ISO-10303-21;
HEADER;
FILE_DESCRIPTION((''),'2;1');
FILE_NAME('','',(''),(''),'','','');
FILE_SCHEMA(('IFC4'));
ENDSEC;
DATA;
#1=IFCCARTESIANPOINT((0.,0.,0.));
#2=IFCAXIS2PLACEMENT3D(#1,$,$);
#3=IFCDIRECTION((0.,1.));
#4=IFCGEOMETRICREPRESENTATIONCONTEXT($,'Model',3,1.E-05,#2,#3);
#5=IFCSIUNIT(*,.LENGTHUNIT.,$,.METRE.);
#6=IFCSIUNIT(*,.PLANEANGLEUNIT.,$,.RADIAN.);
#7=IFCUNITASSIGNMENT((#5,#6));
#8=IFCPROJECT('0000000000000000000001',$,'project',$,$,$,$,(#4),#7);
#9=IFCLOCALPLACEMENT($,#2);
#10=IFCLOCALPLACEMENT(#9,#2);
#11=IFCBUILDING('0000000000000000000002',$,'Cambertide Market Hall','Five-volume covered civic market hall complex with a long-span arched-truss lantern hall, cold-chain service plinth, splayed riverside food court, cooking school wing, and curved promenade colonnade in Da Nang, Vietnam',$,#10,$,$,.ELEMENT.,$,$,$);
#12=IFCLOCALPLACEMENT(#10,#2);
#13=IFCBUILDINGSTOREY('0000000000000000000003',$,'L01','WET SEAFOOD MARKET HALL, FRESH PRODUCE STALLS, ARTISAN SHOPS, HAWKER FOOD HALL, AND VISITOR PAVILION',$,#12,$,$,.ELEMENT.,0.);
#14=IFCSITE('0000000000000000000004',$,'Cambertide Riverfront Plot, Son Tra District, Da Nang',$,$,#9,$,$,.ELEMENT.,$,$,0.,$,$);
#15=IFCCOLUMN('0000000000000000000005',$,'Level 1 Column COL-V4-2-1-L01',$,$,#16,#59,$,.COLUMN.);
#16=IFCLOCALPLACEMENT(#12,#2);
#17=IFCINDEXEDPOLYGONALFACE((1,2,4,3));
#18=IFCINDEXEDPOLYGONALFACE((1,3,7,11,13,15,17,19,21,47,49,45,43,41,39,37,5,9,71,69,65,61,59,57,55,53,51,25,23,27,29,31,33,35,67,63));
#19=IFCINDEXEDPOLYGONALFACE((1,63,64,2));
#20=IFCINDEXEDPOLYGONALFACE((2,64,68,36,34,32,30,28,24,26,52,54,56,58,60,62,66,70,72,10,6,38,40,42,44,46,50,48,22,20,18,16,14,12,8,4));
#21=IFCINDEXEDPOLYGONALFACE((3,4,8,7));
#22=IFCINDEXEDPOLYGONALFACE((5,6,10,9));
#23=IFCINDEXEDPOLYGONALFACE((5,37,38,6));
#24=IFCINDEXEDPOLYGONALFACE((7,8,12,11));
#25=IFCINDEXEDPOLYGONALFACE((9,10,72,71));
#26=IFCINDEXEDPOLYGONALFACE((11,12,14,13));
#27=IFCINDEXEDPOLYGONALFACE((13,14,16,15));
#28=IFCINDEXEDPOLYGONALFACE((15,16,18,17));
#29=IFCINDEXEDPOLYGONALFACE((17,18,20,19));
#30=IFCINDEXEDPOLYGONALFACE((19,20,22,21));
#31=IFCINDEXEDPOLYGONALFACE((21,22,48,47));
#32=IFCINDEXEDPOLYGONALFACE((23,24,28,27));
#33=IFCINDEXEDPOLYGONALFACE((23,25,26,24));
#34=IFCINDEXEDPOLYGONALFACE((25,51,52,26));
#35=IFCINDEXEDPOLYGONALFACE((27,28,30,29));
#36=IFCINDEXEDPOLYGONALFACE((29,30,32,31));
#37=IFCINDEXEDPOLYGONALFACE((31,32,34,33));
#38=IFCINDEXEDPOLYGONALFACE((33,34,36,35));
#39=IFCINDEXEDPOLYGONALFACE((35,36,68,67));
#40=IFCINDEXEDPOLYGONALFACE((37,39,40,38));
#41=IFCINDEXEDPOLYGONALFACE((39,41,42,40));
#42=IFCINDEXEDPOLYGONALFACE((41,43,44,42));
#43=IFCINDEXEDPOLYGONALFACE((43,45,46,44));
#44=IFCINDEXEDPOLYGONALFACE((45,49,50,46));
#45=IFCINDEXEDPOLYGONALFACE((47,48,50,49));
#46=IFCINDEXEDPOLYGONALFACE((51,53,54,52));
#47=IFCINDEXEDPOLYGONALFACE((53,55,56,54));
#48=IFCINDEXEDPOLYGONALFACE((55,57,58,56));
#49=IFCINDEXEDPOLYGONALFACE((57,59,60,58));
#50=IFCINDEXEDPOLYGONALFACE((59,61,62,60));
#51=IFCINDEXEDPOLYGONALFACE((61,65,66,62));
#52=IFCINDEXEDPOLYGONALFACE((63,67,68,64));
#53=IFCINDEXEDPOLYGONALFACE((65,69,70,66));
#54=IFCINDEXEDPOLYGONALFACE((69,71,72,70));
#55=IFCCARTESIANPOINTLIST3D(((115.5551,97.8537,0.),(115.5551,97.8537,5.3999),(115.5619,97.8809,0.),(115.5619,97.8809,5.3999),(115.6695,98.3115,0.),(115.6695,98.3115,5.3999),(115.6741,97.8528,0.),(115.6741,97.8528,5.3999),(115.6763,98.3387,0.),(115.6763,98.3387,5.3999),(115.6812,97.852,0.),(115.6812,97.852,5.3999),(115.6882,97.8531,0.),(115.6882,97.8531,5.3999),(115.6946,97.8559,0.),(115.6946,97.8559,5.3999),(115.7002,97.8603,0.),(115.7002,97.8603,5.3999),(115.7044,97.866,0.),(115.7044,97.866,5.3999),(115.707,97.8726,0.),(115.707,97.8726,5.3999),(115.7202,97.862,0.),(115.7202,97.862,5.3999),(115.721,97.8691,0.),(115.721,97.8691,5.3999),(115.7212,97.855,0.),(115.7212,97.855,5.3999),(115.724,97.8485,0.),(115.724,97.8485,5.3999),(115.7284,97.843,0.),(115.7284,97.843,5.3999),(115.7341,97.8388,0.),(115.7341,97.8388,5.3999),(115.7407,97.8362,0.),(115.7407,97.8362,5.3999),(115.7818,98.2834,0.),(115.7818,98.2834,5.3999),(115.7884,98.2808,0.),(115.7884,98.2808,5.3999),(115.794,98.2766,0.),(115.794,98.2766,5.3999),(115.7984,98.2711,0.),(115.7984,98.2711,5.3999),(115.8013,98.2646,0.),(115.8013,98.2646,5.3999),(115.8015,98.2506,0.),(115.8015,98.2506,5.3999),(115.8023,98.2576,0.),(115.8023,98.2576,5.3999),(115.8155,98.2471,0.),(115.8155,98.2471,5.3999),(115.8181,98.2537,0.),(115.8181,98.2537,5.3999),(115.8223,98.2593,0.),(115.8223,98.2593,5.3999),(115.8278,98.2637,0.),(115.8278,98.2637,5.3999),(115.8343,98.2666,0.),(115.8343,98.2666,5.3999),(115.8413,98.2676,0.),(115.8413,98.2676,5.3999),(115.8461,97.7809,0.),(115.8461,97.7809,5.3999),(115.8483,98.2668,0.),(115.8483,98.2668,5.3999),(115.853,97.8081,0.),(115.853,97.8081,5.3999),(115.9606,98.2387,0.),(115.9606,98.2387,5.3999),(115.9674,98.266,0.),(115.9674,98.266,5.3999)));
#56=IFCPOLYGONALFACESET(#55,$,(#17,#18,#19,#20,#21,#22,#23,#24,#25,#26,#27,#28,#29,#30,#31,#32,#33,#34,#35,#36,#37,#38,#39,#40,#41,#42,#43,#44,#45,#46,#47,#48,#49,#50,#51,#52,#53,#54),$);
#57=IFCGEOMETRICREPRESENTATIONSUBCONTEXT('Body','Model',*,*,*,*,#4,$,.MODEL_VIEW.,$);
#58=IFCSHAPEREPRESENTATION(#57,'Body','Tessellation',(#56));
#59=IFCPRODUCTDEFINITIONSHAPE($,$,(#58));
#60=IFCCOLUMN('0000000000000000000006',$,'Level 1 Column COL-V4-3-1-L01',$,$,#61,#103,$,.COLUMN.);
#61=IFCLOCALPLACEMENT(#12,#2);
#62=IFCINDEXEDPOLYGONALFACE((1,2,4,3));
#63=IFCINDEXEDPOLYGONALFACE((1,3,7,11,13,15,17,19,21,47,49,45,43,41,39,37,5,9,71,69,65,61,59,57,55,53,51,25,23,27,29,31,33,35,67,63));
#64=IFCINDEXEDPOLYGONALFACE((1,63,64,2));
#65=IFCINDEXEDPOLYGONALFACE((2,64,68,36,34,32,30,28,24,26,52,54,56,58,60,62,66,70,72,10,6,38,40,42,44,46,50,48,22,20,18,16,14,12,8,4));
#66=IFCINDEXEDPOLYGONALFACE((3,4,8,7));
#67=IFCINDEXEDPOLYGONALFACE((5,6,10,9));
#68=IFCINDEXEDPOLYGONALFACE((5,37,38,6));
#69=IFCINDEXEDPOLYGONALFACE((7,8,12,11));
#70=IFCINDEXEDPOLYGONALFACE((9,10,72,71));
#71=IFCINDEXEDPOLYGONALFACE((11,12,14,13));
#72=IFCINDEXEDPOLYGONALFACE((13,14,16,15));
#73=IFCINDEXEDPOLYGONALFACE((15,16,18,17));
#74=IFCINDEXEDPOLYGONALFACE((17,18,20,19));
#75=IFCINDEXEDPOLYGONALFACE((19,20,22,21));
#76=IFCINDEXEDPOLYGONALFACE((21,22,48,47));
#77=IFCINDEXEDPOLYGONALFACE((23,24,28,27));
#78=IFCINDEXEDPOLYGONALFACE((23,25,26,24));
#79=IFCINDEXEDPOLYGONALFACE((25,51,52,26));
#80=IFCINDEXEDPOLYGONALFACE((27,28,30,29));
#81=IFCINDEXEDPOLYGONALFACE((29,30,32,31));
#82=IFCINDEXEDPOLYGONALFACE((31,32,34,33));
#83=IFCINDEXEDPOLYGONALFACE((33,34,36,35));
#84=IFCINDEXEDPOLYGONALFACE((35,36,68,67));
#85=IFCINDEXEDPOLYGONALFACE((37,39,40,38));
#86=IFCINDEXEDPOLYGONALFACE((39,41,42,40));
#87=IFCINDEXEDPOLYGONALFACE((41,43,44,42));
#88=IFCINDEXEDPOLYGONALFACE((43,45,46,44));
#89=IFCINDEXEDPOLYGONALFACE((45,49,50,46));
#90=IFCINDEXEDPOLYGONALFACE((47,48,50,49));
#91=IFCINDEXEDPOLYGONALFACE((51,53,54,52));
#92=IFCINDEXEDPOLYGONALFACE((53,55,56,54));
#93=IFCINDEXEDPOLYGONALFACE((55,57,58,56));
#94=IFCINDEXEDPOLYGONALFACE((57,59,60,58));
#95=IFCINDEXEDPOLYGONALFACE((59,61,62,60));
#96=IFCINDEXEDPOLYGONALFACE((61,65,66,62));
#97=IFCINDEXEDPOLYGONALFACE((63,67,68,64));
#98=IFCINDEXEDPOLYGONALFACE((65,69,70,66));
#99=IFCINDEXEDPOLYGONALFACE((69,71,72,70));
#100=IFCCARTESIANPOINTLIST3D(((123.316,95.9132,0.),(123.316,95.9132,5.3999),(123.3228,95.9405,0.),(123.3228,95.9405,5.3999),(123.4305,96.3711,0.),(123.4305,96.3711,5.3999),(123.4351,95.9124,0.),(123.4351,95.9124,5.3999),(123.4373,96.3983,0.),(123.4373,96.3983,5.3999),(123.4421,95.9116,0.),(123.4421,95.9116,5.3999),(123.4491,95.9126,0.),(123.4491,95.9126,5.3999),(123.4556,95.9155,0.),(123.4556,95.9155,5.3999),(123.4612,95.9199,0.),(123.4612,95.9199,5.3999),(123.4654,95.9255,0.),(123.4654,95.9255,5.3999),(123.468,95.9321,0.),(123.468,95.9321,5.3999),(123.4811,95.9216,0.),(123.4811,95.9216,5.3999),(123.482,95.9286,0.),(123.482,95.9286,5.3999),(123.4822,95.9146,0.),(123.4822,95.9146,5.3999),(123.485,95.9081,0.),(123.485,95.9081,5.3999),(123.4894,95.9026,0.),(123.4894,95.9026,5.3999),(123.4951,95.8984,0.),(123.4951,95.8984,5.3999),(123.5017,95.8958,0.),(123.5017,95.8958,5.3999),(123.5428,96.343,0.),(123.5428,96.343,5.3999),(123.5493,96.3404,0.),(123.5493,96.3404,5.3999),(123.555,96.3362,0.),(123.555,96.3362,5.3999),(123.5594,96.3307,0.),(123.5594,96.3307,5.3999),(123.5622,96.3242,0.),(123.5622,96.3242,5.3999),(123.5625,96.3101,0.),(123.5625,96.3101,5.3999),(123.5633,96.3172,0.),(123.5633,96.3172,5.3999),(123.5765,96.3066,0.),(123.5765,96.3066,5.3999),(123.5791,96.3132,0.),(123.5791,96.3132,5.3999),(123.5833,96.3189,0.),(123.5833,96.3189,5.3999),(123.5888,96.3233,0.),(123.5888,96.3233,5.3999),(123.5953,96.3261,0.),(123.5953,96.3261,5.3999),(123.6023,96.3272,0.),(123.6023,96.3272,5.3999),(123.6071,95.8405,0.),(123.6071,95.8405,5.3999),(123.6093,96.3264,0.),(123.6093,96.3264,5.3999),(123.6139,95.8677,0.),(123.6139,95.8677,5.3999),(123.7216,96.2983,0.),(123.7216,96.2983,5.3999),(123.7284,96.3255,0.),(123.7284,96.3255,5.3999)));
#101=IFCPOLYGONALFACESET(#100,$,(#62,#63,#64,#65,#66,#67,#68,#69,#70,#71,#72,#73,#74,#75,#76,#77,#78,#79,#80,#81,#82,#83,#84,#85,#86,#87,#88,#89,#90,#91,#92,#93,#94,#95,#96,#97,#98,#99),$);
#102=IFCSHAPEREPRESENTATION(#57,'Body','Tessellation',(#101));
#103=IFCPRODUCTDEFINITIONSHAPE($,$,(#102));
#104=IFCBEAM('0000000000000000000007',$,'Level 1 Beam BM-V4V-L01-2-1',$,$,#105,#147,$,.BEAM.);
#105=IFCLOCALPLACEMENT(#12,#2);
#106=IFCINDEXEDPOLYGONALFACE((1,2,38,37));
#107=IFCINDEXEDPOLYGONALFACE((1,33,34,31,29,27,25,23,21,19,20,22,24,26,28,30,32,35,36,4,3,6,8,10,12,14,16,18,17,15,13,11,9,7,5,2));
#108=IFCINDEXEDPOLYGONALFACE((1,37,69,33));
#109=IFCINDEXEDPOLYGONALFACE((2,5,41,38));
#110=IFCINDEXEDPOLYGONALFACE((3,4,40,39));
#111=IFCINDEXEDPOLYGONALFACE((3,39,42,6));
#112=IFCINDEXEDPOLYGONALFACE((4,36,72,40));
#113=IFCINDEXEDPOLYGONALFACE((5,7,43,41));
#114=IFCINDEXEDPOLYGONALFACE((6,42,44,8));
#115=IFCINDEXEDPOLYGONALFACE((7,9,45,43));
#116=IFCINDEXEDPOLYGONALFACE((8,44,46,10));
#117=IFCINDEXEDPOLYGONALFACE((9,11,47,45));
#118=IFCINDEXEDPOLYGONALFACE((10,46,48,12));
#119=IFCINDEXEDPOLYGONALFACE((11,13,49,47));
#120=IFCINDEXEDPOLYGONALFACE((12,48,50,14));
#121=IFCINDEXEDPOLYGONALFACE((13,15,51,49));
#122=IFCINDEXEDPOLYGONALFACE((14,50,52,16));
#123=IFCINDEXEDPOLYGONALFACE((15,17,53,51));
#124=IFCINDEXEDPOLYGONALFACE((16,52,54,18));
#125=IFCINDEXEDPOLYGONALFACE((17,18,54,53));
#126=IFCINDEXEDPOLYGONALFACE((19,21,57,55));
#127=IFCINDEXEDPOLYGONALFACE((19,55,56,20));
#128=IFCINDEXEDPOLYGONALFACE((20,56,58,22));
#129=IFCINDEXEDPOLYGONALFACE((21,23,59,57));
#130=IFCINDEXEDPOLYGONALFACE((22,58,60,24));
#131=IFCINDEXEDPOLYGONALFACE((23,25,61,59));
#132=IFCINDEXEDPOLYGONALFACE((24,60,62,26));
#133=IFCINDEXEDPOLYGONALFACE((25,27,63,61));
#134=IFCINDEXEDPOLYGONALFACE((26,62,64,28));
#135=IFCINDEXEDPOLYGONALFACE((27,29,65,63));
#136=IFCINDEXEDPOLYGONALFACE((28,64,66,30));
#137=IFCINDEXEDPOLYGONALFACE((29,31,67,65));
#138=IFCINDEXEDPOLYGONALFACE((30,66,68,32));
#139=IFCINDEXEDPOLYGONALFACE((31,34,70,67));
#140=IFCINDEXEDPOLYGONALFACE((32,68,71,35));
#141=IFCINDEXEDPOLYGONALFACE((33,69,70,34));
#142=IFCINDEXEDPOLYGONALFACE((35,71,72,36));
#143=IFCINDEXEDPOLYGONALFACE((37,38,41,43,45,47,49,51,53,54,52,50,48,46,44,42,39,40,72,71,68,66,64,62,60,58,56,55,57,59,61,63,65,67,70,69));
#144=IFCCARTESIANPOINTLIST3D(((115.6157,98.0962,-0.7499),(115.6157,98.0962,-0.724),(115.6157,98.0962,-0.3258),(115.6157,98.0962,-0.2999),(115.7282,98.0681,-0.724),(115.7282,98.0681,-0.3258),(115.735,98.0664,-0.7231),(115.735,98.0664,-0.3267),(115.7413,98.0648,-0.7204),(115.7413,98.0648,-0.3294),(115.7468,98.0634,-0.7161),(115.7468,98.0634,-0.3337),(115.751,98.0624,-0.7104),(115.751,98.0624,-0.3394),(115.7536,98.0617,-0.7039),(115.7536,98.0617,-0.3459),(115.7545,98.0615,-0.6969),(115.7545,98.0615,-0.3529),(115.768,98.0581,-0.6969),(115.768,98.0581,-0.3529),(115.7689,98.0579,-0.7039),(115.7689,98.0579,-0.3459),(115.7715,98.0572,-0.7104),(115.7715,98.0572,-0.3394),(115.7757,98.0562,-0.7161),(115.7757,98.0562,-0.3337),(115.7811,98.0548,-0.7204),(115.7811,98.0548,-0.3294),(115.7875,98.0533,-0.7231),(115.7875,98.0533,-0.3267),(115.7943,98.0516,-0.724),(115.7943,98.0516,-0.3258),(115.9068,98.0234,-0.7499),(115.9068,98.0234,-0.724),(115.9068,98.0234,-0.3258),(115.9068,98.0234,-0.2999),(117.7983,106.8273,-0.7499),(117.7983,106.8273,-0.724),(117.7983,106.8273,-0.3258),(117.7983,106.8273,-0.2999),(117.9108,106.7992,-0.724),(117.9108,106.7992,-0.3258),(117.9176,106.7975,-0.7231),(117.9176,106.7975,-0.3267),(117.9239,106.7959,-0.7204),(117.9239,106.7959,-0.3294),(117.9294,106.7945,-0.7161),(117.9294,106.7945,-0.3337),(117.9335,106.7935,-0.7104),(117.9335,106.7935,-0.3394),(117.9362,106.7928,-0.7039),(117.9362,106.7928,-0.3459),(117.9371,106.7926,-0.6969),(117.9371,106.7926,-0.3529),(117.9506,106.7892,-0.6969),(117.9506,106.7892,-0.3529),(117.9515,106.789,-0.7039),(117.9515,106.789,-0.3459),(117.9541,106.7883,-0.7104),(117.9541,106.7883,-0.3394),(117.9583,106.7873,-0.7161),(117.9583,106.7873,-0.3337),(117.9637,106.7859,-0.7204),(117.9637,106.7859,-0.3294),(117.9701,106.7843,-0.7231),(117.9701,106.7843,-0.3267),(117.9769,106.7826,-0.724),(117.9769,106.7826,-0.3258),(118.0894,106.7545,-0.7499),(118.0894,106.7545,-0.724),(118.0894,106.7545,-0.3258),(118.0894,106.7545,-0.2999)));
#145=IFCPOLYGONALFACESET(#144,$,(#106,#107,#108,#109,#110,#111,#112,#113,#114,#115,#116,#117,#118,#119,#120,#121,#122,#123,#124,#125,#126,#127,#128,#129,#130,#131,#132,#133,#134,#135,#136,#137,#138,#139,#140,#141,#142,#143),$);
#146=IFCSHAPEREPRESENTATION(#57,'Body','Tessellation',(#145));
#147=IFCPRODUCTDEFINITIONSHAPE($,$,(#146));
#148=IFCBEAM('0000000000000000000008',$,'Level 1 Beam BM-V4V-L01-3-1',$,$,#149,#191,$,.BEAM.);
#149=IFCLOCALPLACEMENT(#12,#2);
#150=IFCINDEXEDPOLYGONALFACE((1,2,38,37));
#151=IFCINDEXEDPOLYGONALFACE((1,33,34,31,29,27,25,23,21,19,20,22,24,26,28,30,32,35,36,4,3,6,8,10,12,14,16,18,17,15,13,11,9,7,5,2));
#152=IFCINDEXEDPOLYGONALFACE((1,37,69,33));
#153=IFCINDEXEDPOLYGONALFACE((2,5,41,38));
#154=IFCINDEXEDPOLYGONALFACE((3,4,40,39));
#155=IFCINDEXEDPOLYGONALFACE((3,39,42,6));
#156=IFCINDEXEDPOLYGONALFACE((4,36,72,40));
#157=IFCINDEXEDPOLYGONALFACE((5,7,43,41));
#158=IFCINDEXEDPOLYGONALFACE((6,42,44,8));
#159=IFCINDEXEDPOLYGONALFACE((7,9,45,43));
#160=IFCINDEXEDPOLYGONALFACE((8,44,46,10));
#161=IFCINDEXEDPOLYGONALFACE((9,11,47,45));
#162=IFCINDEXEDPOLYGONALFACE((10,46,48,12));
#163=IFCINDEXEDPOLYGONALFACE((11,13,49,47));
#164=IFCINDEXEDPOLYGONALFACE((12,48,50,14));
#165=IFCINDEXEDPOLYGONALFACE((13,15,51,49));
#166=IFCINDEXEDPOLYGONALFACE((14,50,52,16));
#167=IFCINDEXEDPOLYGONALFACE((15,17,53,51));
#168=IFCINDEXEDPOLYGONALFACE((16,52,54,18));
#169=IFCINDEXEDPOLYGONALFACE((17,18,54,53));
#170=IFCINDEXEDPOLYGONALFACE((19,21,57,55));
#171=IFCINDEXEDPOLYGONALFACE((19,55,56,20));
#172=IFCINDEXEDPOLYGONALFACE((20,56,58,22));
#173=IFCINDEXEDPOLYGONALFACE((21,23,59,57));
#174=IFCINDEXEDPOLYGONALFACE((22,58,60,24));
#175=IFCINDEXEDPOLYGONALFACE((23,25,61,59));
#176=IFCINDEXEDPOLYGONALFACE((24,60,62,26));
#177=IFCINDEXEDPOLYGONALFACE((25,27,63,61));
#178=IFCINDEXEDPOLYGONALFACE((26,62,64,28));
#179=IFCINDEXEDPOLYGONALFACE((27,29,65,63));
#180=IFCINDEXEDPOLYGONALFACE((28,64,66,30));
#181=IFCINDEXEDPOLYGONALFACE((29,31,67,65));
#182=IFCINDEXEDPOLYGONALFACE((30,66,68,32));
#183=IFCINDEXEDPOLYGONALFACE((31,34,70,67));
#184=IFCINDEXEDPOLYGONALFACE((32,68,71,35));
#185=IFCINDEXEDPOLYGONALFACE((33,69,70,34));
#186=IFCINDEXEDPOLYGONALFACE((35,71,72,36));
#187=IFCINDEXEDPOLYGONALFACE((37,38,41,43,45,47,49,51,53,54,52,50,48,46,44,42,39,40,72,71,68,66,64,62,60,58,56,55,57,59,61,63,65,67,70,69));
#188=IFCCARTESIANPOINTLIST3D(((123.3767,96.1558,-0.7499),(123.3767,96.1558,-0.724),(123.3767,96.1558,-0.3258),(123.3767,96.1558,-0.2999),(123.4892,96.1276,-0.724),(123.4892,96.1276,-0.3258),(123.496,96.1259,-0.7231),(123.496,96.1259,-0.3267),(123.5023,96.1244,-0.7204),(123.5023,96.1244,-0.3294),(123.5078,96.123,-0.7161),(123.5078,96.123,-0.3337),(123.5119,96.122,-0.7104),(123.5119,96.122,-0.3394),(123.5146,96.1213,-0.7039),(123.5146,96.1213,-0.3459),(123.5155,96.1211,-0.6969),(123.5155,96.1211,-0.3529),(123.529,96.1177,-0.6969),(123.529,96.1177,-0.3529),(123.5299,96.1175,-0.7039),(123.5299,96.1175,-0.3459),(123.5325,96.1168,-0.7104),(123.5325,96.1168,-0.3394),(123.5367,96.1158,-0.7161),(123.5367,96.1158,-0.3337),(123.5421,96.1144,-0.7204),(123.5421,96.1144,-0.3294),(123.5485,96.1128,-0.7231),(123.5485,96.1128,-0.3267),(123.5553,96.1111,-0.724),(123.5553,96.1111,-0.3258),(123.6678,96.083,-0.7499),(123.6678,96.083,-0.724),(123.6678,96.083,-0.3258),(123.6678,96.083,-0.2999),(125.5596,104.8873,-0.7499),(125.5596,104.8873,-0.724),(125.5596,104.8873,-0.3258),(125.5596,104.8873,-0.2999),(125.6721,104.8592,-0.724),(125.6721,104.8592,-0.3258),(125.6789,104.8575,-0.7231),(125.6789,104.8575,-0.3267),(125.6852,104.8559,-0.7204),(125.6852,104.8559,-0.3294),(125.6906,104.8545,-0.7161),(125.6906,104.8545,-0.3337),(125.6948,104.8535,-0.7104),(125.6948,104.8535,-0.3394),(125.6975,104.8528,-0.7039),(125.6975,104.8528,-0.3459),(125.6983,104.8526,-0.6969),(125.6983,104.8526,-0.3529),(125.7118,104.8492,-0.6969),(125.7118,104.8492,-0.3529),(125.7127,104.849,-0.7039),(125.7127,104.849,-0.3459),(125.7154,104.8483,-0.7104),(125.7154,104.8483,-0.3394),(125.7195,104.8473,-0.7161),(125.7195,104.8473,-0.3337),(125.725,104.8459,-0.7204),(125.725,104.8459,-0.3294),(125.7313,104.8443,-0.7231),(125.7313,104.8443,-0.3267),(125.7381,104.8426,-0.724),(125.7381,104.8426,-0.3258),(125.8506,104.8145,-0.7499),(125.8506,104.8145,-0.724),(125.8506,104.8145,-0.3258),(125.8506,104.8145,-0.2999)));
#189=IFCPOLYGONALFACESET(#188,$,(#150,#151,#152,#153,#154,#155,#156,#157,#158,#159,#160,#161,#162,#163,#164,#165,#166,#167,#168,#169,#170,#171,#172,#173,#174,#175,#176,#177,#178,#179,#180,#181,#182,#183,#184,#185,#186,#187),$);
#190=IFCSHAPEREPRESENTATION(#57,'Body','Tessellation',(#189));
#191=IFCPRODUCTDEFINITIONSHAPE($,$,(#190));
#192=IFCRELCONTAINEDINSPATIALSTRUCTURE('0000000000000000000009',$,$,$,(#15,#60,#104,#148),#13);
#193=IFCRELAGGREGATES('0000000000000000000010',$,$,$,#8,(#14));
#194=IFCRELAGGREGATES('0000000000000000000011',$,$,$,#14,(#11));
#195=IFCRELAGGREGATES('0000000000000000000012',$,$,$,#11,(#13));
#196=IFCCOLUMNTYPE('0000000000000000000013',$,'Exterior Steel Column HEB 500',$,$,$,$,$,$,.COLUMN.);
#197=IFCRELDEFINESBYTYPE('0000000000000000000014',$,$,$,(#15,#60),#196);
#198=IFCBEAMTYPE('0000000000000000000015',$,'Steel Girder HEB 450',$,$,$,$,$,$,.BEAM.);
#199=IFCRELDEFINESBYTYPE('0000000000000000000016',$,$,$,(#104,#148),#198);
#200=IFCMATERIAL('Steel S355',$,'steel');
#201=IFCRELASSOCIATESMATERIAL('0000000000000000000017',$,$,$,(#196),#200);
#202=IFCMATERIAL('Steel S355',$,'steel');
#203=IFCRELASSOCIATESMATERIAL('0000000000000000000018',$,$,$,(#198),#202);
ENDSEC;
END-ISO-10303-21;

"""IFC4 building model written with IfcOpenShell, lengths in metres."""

from ifc_helpers import new_model, si_unit, direction, frame, origin, origin_2d, place, context, subcontext, project, spatial, i_section, extrude, material, material_profile, profile_set, type_object, element, save


model = new_model("IFC4")

# Units and contexts
model_context = context("Model", 3, precision=1e-05, world=origin(), true_north=direction((0.0, 1.0)))
body_context = subcontext(model_context, "Body", "Model", "MODEL_VIEW")
ifc_project = project(units=[si_unit("LENGTHUNIT", "METRE"), si_unit("PLANEANGLEUNIT", "RADIAN")], contexts=[model_context])

# Site, building, storey
site_placement = place(None, origin())
site = spatial("IfcSite", under=ifc_project, at=site_placement, Name="Cambertide Riverfront Plot, Son Tra District, Da Nang", CompositionType="ELEMENT", RefElevation=0.0)
building_placement = place(site_placement, origin())
building = spatial("IfcBuilding", under=site, at=building_placement, Name="Cambertide Market Hall", Description="Five-volume covered civic market hall complex with a long-span arched-truss lantern hall, cold-chain service plinth, splayed riverside food court, cooking school wing, and curved promenade colonnade in Da Nang, Vietnam", CompositionType="ELEMENT")
storey_placement = place(building_placement, origin())
storey = spatial("IfcBuildingStorey", under=building, at=storey_placement, Name="L01", Description="WET SEAFOOD MARKET HALL, FRESH PRODUCE STALLS, ARTISAN SHOPS, HAWKER FOOD HALL, AND VISITOR PAVILION", CompositionType="ELEMENT", Elevation=0.0)

# Columns
ifc_material_1 = material(Name="Steel S355", Category="steel")
ifc_material_profile_1 = material_profile(ifc_material_1, i_section(OverallWidth=0.3, OverallDepth=0.5, WebThickness=0.0144, FlangeThickness=0.0281, FilletRadius=0.0271, at=origin_2d()), Name="HEB 500")
ifc_profile_set_1 = profile_set([ifc_material_profile_1], Name="Steel S355")
column_type = type_object("IfcColumnType", Name="Exterior Steel Column HEB 500", PredefinedType="COLUMN", material=ifc_profile_set_1)
for number, where, z_axis, x_axis, name in (
    (1, (115.7612, 98.0598, 0.0), (0.0, 0.0, 1.0), (0.970143, -0.242536, 0.0), "Level 1 Column COL-V4-2-1-L01"),
    (2, (123.5222, 96.1194, 0.0), (0.0, 0.0, 1.0), (0.970143, -0.242536, 0.0), "Level 1 Column COL-V4-3-1-L01"),
):
    element("IfcColumn", number, at=place(storey_placement, frame(where, z_axis=z_axis, x_axis=x_axis)), inside=storey, type_object=column_type, Name=name, PredefinedType="COLUMN", context=body_context, shape_type="SweptSolid", body=[
        extrude(i_section(OverallWidth=0.3, OverallDepth=0.5, WebThickness=0.0144, FlangeThickness=0.0281, FilletRadius=0.0271, at=origin_2d()), origin(), (0.0, 0.0, 1.0), 5.3999),
    ])

# Beams
ifc_material_2 = material(Name="Steel S355", Category="steel")
ifc_material_profile_2 = material_profile(ifc_material_2, i_section(OverallWidth=0.3, OverallDepth=0.45, WebThickness=0.0139, FlangeThickness=0.0259, FilletRadius=0.0271, at=origin_2d()), Name="HEB 450")
ifc_profile_set_2 = profile_set([ifc_material_profile_2], Name="Steel S355")
beam_type_1 = type_object("IfcBeamType", Name="Steel Girder HEB 450", PredefinedType="BEAM", material=ifc_profile_set_2)
beam_1_placement = place(storey_placement, frame((115.7612, 98.0598, -0.5249), z_axis=(0.242516, 0.970147, 0.0), x_axis=(-0.970147, 0.242516, 0.0)))
element("IfcBeam", 3, at=beam_1_placement, inside=storey, type_object=beam_type_1, Name="Level 1 Beam BM-V4V-L01-2-1", PredefinedType="BEAM", context=body_context, shape_type="SweptSolid", body=[
    extrude(i_section(OverallWidth=0.3, OverallDepth=0.45, WebThickness=0.0139, FlangeThickness=0.0259, FilletRadius=0.0271, at=origin_2d()), origin(), (0.0, 0.0, 1.0), 8.9998),
])
beam_2_placement = place(storey_placement, frame((123.5222, 96.1194, -0.5249), z_axis=(0.242536, 0.970143, 0.0), x_axis=(-0.970143, 0.242536, 0.0)))
element("IfcBeam", 4, at=beam_2_placement, inside=storey, type_object=beam_type_1, Name="Level 1 Beam BM-V4V-L01-3-1", PredefinedType="BEAM", context=body_context, shape_type="SweptSolid", body=[
    extrude(i_section(OverallWidth=0.3, OverallDepth=0.45, WebThickness=0.0139, FlangeThickness=0.0259, FilletRadius=0.0271, at=origin_2d()), origin(), (0.0, 0.0, 1.0), 9.0002),
])

save(model, "model.ifc")
